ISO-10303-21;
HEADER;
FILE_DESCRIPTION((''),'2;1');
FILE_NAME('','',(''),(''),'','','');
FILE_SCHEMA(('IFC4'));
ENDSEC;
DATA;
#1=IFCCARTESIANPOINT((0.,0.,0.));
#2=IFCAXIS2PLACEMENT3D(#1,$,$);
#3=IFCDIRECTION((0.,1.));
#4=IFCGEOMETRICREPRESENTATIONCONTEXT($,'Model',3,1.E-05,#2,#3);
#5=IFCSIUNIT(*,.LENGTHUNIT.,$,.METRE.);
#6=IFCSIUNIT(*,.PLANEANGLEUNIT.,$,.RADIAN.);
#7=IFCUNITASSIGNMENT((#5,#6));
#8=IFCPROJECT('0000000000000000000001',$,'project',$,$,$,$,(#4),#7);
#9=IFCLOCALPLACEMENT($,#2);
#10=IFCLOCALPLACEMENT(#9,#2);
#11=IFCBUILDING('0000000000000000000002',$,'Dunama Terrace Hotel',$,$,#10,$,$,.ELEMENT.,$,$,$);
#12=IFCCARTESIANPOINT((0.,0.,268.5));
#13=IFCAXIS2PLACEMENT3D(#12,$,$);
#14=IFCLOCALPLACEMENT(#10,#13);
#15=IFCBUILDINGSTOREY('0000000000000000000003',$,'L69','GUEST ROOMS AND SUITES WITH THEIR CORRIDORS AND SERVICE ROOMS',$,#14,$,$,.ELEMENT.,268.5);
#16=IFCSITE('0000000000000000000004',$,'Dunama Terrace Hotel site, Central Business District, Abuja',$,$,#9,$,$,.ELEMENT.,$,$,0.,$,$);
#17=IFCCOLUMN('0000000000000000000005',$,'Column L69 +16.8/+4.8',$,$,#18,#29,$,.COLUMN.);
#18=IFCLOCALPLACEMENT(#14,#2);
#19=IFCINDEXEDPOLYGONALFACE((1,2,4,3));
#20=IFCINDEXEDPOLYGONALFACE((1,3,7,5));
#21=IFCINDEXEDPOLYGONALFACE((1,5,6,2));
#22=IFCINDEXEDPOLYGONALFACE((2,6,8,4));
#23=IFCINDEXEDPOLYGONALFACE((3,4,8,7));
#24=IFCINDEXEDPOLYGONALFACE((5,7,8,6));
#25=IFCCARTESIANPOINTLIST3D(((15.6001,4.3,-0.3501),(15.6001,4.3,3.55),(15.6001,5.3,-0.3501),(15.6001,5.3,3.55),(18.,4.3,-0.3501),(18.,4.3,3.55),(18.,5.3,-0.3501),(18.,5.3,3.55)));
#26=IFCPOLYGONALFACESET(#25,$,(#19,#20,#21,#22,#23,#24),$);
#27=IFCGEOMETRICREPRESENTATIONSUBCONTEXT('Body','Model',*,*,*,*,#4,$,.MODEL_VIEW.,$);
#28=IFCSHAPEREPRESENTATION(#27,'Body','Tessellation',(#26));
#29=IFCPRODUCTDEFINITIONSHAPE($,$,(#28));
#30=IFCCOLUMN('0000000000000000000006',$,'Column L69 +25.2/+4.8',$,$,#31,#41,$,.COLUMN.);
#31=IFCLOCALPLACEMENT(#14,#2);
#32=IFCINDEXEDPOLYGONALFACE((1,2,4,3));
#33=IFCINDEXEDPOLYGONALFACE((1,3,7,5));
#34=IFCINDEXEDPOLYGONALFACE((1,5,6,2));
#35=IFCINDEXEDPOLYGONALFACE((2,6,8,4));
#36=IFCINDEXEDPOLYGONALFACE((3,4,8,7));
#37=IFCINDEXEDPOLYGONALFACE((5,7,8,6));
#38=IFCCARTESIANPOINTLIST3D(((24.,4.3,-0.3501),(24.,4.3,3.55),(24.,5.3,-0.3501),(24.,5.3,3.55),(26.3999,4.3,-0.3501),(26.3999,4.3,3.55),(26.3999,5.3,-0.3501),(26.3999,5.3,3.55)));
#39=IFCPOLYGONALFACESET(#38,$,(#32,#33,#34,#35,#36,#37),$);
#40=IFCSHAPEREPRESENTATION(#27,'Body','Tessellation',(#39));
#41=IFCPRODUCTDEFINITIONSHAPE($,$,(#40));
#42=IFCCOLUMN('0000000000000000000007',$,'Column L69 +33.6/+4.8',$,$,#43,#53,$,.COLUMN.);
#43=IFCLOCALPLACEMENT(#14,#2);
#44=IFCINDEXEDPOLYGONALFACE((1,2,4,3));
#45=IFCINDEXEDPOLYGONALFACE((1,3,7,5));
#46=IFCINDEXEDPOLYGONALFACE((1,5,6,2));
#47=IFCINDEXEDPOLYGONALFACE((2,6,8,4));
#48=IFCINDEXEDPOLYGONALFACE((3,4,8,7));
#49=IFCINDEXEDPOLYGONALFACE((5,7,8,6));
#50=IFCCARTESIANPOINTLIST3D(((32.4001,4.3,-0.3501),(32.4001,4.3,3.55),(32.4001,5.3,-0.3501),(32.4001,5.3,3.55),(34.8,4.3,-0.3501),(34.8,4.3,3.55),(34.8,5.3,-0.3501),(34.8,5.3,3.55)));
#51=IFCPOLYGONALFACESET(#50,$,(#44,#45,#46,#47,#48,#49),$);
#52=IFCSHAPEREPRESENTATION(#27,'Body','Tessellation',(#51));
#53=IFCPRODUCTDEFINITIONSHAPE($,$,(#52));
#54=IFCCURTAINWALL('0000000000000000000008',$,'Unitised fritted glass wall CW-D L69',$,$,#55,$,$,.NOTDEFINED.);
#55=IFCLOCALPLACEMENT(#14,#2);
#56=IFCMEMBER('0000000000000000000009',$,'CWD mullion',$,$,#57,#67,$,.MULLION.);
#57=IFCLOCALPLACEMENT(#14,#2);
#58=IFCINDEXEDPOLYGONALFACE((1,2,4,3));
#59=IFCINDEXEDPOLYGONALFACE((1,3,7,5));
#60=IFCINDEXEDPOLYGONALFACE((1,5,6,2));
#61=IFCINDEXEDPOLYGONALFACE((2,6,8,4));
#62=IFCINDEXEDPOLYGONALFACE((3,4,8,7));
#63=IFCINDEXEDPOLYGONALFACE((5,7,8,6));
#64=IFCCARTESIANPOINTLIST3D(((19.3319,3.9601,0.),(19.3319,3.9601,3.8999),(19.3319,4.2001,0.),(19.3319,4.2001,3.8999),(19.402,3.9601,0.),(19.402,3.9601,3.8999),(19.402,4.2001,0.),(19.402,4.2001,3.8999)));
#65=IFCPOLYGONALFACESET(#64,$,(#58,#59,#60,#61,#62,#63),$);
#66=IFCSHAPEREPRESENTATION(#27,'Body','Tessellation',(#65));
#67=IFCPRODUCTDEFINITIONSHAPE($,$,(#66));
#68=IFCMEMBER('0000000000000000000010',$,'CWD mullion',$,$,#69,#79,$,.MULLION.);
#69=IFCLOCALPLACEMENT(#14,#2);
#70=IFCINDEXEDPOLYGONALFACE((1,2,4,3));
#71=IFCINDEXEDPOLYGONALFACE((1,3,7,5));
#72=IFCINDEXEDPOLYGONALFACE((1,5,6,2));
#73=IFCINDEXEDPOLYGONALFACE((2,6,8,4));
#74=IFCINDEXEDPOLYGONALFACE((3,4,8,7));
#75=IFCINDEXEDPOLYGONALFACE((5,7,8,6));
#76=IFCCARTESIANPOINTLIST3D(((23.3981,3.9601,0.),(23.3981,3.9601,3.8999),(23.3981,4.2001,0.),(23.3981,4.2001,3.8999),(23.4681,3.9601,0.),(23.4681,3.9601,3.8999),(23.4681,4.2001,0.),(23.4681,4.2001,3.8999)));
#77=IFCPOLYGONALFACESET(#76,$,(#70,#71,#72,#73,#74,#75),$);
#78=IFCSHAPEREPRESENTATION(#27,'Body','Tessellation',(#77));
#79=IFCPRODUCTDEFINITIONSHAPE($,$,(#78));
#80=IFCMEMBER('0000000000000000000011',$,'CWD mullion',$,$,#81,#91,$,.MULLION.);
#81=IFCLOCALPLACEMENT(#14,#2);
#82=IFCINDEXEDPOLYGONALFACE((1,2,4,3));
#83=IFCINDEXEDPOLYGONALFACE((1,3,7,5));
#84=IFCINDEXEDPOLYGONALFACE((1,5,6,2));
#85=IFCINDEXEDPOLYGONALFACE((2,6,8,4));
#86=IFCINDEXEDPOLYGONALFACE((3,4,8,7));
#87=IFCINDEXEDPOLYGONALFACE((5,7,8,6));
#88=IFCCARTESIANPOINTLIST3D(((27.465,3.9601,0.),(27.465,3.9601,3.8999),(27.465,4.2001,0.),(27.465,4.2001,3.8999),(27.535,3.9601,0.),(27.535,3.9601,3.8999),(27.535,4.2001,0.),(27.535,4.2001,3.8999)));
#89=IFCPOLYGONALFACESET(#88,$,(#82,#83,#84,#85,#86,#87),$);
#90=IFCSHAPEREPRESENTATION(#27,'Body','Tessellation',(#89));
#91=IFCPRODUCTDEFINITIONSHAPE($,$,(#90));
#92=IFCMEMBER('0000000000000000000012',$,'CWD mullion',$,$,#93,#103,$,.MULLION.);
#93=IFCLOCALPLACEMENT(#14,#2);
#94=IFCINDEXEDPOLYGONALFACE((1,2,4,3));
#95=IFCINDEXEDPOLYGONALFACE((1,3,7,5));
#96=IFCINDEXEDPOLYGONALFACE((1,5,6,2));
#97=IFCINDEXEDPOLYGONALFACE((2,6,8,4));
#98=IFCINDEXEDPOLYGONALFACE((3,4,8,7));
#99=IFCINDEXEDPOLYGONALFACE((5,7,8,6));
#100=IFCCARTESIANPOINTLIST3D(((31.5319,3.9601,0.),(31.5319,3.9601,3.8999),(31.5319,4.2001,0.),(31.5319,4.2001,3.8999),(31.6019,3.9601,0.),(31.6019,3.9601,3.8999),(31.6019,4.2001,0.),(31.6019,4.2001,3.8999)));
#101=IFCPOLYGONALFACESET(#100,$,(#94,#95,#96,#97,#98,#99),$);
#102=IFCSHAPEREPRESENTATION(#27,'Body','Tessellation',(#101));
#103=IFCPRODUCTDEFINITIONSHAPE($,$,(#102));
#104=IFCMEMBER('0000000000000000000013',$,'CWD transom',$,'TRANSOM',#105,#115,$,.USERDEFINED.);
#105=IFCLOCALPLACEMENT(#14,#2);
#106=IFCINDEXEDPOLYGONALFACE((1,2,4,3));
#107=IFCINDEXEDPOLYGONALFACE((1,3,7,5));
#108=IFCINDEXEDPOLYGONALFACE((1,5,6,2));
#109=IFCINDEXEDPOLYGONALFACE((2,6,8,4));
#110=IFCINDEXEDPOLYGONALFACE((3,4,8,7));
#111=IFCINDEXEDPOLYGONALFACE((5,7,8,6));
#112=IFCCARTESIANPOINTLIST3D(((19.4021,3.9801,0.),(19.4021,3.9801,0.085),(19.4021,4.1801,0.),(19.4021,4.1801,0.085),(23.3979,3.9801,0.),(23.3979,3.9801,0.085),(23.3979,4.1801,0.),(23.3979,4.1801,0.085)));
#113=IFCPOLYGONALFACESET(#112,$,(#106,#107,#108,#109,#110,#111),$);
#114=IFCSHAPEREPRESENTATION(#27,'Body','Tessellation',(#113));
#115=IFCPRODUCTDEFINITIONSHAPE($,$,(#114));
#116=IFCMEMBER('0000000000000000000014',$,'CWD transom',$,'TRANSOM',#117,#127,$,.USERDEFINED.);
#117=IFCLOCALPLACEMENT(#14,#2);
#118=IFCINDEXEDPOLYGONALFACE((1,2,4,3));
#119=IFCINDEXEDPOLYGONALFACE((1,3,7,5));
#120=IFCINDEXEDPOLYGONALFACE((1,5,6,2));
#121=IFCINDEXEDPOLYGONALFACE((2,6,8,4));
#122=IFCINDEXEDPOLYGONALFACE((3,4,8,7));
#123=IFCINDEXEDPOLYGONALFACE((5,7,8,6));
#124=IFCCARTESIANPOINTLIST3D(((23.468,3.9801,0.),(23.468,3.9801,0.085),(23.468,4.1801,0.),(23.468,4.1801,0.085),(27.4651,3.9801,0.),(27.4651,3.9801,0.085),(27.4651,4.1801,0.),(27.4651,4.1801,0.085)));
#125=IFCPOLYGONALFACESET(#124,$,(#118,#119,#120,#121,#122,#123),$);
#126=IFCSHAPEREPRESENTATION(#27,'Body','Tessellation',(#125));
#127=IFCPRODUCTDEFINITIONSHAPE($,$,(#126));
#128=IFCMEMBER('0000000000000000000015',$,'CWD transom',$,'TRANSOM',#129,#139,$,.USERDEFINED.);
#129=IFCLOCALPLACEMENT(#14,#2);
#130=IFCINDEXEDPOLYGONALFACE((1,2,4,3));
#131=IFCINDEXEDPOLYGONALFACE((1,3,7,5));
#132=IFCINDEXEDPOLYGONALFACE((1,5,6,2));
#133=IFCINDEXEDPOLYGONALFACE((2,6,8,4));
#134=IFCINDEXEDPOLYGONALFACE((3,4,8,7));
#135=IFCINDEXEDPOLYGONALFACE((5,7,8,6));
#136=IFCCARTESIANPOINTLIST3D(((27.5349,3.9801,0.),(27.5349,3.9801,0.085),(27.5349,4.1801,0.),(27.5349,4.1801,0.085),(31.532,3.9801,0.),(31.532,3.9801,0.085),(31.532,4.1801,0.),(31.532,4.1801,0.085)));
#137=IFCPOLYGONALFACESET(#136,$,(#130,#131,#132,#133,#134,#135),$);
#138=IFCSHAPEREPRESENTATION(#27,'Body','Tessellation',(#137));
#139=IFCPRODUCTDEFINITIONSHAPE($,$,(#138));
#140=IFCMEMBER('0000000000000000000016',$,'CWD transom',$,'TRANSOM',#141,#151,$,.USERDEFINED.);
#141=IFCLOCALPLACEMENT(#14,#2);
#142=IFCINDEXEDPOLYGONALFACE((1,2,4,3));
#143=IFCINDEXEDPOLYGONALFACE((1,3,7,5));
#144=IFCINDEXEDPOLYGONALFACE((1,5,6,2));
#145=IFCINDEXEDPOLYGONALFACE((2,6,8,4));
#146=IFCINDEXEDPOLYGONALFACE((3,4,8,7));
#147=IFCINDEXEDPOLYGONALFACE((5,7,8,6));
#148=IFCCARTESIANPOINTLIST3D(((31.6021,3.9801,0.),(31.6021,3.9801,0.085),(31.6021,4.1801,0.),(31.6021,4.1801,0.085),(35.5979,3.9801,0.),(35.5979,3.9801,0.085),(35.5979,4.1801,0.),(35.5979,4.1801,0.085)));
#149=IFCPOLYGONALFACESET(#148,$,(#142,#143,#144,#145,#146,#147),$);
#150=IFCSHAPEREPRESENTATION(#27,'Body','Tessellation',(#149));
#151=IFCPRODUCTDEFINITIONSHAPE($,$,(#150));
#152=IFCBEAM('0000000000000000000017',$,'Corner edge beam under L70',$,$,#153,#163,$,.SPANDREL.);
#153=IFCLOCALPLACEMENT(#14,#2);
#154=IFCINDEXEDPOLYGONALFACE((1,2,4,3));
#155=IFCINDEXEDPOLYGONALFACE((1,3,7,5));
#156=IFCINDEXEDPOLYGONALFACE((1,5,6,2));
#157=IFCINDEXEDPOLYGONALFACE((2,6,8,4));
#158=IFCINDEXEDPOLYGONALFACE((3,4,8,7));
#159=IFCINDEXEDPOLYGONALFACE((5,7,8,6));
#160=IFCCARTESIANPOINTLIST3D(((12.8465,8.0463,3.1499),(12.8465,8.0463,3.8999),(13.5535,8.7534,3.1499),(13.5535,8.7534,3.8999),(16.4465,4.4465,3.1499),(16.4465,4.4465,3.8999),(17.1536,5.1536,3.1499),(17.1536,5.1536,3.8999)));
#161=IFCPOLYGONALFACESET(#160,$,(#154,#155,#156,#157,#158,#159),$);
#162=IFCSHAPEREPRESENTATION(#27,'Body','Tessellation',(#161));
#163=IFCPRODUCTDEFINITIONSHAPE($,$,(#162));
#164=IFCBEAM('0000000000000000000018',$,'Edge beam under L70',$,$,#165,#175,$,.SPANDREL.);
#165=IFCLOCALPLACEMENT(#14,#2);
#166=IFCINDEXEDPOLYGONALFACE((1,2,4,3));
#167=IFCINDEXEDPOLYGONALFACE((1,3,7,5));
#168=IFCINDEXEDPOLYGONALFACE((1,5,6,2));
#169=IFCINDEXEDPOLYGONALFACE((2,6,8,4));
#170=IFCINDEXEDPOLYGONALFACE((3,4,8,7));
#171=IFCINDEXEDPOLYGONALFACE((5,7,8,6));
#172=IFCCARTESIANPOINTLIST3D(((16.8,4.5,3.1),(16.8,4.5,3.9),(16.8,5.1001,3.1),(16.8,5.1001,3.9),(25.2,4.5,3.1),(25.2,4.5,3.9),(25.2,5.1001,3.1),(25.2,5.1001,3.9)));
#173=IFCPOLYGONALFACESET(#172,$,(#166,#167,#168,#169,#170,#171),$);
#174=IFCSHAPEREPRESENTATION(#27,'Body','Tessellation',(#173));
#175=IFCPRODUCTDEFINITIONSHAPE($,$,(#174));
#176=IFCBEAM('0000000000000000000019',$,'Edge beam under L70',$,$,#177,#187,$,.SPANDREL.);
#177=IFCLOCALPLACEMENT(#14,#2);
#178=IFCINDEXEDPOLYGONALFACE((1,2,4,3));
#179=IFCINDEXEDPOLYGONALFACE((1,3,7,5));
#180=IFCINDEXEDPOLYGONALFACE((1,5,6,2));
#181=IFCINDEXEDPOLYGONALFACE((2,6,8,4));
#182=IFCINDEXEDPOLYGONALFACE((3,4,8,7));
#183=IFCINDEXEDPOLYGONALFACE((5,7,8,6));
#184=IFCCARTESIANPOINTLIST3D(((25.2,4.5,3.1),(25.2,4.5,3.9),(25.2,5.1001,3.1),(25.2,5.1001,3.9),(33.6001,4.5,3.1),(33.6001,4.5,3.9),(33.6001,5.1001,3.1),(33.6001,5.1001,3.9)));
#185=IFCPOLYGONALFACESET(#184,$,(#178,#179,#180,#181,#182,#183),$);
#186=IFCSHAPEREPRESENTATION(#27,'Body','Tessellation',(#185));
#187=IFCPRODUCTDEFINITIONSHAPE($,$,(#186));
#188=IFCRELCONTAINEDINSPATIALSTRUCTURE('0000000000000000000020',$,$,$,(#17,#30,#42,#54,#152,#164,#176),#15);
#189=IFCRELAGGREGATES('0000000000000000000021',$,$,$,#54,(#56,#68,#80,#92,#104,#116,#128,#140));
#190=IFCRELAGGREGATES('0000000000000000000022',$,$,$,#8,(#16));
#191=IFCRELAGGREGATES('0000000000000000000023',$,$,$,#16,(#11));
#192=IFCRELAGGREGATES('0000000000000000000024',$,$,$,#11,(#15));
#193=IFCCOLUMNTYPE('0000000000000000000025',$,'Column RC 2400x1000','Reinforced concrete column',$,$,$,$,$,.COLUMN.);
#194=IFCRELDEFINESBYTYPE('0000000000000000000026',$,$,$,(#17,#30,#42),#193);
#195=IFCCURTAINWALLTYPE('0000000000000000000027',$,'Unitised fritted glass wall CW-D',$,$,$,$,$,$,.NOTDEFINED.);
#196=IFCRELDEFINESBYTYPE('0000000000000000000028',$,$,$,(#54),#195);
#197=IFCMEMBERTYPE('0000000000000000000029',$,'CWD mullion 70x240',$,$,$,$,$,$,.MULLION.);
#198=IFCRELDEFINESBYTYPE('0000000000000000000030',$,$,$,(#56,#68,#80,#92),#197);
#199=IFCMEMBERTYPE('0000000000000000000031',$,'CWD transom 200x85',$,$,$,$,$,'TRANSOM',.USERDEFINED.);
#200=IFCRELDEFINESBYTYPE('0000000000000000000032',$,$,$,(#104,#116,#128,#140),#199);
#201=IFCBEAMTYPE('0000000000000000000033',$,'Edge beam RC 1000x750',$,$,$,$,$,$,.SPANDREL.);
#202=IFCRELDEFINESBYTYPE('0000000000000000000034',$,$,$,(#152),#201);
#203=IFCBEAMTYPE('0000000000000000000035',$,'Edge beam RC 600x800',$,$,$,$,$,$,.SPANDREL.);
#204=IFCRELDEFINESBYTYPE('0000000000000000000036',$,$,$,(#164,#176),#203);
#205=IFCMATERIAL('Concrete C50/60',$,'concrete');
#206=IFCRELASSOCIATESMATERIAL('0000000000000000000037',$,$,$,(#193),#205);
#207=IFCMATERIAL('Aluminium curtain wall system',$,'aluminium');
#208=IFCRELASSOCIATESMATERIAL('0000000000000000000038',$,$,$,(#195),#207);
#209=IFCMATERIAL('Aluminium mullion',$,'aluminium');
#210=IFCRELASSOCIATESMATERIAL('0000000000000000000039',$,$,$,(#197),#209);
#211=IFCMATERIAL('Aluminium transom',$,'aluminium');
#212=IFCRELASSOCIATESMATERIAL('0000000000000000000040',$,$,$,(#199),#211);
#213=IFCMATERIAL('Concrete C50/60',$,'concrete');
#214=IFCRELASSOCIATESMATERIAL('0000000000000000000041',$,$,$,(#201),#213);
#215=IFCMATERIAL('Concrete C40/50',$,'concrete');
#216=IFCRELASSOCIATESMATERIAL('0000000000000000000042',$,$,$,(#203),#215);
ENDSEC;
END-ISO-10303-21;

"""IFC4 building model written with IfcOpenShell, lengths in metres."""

from ifc_helpers import new_model, si_unit, direction, frame, origin, origin_2d, place, context, subcontext, project, spatial, rectangle, extrude, material, material_profile, profile_set, type_object, element, aggregate, save


model = new_model("IFC4")

# Units and contexts
model_context = context("Model", 3, precision=1e-05, world=origin(), true_north=direction((0.0, 1.0)))
body_context = subcontext(model_context, "Body", "Model", "MODEL_VIEW")
ifc_project = project(units=[si_unit("LENGTHUNIT", "METRE"), si_unit("PLANEANGLEUNIT", "RADIAN")], contexts=[model_context])

# Site, building, storey
site_placement = place(None, origin())
site = spatial("IfcSite", under=ifc_project, at=site_placement, Name="Dunama Terrace Hotel site, Central Business District, Abuja", CompositionType="ELEMENT", RefElevation=0.0)
building_placement = place(site_placement, origin())
building = spatial("IfcBuilding", under=site, at=building_placement, Name="Dunama Terrace Hotel", CompositionType="ELEMENT")
storey_placement = place(building_placement, frame((0.0, 0.0, 268.5)))
storey = spatial("IfcBuildingStorey", under=building, at=storey_placement, Name="L69", Description="GUEST ROOMS AND SUITES WITH THEIR CORRIDORS AND SERVICE ROOMS", CompositionType="ELEMENT", Elevation=268.5)

# Columns
ifc_material_1 = material(Name="Concrete C50/60", Category="concrete")
ifc_material_profile_1 = material_profile(ifc_material_1, rectangle(XDim=2.3999, YDim=1.0, at=origin_2d()), Name="RC 2400x1000")
ifc_profile_set_1 = profile_set([ifc_material_profile_1], Name="Concrete C50/60")
column_type = type_object("IfcColumnType", Name="Column RC 2400x1000", Description="Reinforced concrete column", PredefinedType="COLUMN", material=ifc_profile_set_1)
for number, where, z_axis, x_axis, name in (
    (1, (16.8, 4.8, -0.3501), (0.0, 0.0, 1.0), (1.0, 0.0, 0.0), "Column L69 +16.8/+4.8"),
    (2, (25.2, 4.8, -0.3501), (0.0, 0.0, 1.0), (1.0, 0.0, 0.0), "Column L69 +25.2/+4.8"),
    (3, (33.6001, 4.8, -0.3501), (0.0, 0.0, 1.0), (1.0, 0.0, 0.0), "Column L69 +33.6/+4.8"),
):
    element("IfcColumn", number, at=place(storey_placement, frame(where, z_axis=z_axis, x_axis=x_axis)), inside=storey, type_object=column_type, Name=name, PredefinedType="COLUMN", context=body_context, shape_type="SweptSolid", body=[
        extrude(rectangle(XDim=2.3999, YDim=1.0, at=origin_2d()), origin(), (0.0, 0.0, 1.0), 3.9001),
    ])

# Curtain wall, members
ifc_material_2 = material(Name="Aluminium curtain wall system", Category="aluminium")
curtain_wall_type = type_object("IfcCurtainWallType", Name="Unitised fritted glass wall CW-D", PredefinedType="NOTDEFINED", material=ifc_material_2)
curtain_wall_placement = place(storey_placement, origin())
curtain_wall = element("IfcCurtainWall", 4, at=curtain_wall_placement, inside=storey, type_object=curtain_wall_type, Name="Unitised fritted glass wall CW-D L69", PredefinedType="NOTDEFINED")
ifc_material_3 = material(Name="Aluminium mullion", Category="aluminium")
ifc_material_profile_2 = material_profile(ifc_material_3, rectangle(XDim=0.0701, YDim=0.24, at=origin_2d()), Name="CWD MULLION 70X240")
ifc_profile_set_2 = profile_set([ifc_material_profile_2], Name="Aluminium mullion")
member_type_1 = type_object("IfcMemberType", Name="CWD mullion 70x240", PredefinedType="MULLION", material=ifc_profile_set_2)
member_1_placement = place(storey_placement, frame((19.3669, 4.0801, 0.0), z_axis=(0.0, 0.0, 1.0), x_axis=(1.0, 0.0, 0.0)))
member_1 = element("IfcMember", 5, at=member_1_placement, type_object=member_type_1, Name="CWD mullion", PredefinedType="MULLION", context=body_context, shape_type="SweptSolid", body=[
    extrude(rectangle(XDim=0.0701, YDim=0.24, at=origin_2d()), origin(), (0.0, 0.0, 1.0), 3.8999),
])
member_2_placement = place(storey_placement, frame((23.4331, 4.0801, 0.0), z_axis=(0.0, 0.0, 1.0), x_axis=(1.0, 0.0, 0.0)))
member_2 = element("IfcMember", 6, at=member_2_placement, type_object=member_type_1, Name="CWD mullion", PredefinedType="MULLION", context=body_context, shape_type="SweptSolid", body=[
    extrude(rectangle(XDim=0.0701, YDim=0.24, at=origin_2d()), origin(), (0.0, 0.0, 1.0), 3.8999),
])
member_3_placement = place(storey_placement, frame((27.5, 4.0801, 0.0), z_axis=(0.0, 0.0, 1.0), x_axis=(1.0, 0.0, 0.0)))
member_3 = element("IfcMember", 7, at=member_3_placement, type_object=member_type_1, Name="CWD mullion", PredefinedType="MULLION", context=body_context, shape_type="SweptSolid", body=[
    extrude(rectangle(XDim=0.0701, YDim=0.24, at=origin_2d()), origin(), (0.0, 0.0, 1.0), 3.8999),
])
member_4_placement = place(storey_placement, frame((31.5669, 4.0801, 0.0), z_axis=(0.0, 0.0, 1.0), x_axis=(1.0, 0.0, 0.0)))
member_4 = element("IfcMember", 8, at=member_4_placement, type_object=member_type_1, Name="CWD mullion", PredefinedType="MULLION", context=body_context, shape_type="SweptSolid", body=[
    extrude(rectangle(XDim=0.0701, YDim=0.24, at=origin_2d()), origin(), (0.0, 0.0, 1.0), 3.8999),
])
ifc_material_4 = material(Name="Aluminium transom", Category="aluminium")
ifc_material_profile_3 = material_profile(ifc_material_4, rectangle(XDim=0.2, YDim=0.085, at=origin_2d()), Name="CWD TRANSOM 200X85")
ifc_profile_set_3 = profile_set([ifc_material_profile_3], Name="Aluminium transom")
member_type_2 = type_object("IfcMemberType", Name="CWD transom 200x85", ElementType="TRANSOM", PredefinedType="USERDEFINED", material=ifc_profile_set_3)
member_5_placement = place(storey_placement, frame((19.4021, 4.0801, 0.0425), z_axis=(1.0, 0.0, 0.0), x_axis=(0.0, 1.0, 0.0)))
member_5 = element("IfcMember", 9, at=member_5_placement, type_object=member_type_2, Name="CWD transom", ObjectType="TRANSOM", PredefinedType="USERDEFINED", context=body_context, shape_type="SweptSolid", body=[
    extrude(rectangle(XDim=0.2, YDim=0.085, at=origin_2d()), origin(), (0.0, 0.0, 1.0), 3.9958),
])
member_6_placement = place(storey_placement, frame((23.468, 4.0801, 0.0425), z_axis=(1.0, 0.0, 0.0), x_axis=(0.0, 1.0, 0.0)))
member_6 = element("IfcMember", 10, at=member_6_placement, type_object=member_type_2, Name="CWD transom", ObjectType="TRANSOM", PredefinedType="USERDEFINED", context=body_context, shape_type="SweptSolid", body=[
    extrude(rectangle(XDim=0.2, YDim=0.085, at=origin_2d()), origin(), (0.0, 0.0, 1.0), 3.9971),
])
member_7_placement = place(storey_placement, frame((27.5349, 4.0801, 0.0425), z_axis=(1.0, 0.0, 0.0), x_axis=(0.0, 1.0, 0.0)))
member_7 = element("IfcMember", 11, at=member_7_placement, type_object=member_type_2, Name="CWD transom", ObjectType="TRANSOM", PredefinedType="USERDEFINED", context=body_context, shape_type="SweptSolid", body=[
    extrude(rectangle(XDim=0.2, YDim=0.085, at=origin_2d()), origin(), (0.0, 0.0, 1.0), 3.9971),
])
member_8_placement = place(storey_placement, frame((31.6021, 4.0801, 0.0425), z_axis=(1.0, 0.0, 0.0), x_axis=(0.0, 1.0, 0.0)))
member_8 = element("IfcMember", 12, at=member_8_placement, type_object=member_type_2, Name="CWD transom", ObjectType="TRANSOM", PredefinedType="USERDEFINED", context=body_context, shape_type="SweptSolid", body=[
    extrude(rectangle(XDim=0.2, YDim=0.085, at=origin_2d()), origin(), (0.0, 0.0, 1.0), 3.9958),
])

# Beams
ifc_material_5 = material(Name="Concrete C50/60", Category="concrete")
ifc_material_profile_4 = material_profile(ifc_material_5, rectangle(XDim=1.0, YDim=0.75, at=origin_2d()), Name="RC 1000x750")
ifc_profile_set_4 = profile_set([ifc_material_profile_4], Name="Concrete C50/60")
beam_type_1 = type_object("IfcBeamType", Name="Edge beam RC 1000x750", PredefinedType="SPANDREL", material=ifc_profile_set_4)
beam_1_placement = place(storey_placement, frame((16.8, 4.8, 3.5249), z_axis=(-0.707131, 0.707083, 0.0), x_axis=(-0.707083, -0.707131, 0.0)))
element("IfcBeam", 13, at=beam_1_placement, inside=storey, type_object=beam_type_1, Name="Corner edge beam under L70", PredefinedType="SPANDREL", context=body_context, shape_type="SweptSolid", body=[
    extrude(rectangle(XDim=1.0, YDim=0.75, at=origin_2d()), origin(), (0.0, 0.0, 1.0), 5.0911),
])
ifc_material_6 = material(Name="Concrete C40/50", Category="concrete")
ifc_material_profile_5 = material_profile(ifc_material_6, rectangle(XDim=0.6001, YDim=0.8, at=origin_2d()), Name="RC 600x800")
ifc_profile_set_5 = profile_set([ifc_material_profile_5], Name="Concrete C40/50")
beam_type_2 = type_object("IfcBeamType", Name="Edge beam RC 600x800", PredefinedType="SPANDREL", material=ifc_profile_set_5)
beam_2_placement = place(storey_placement, frame((16.8, 4.8, 3.5), z_axis=(1.0, 0.0, 0.0), x_axis=(0.0, 1.0, 0.0)))
element("IfcBeam", 14, at=beam_2_placement, inside=storey, type_object=beam_type_2, Name="Edge beam under L70", PredefinedType="SPANDREL", context=body_context, shape_type="SweptSolid", body=[
    extrude(rectangle(XDim=0.6001, YDim=0.8, at=origin_2d()), origin(), (0.0, 0.0, 1.0), 8.3999),
])
beam_3_placement = place(storey_placement, frame((25.2, 4.8, 3.5), z_axis=(1.0, 0.0, 0.0), x_axis=(0.0, 1.0, 0.0)))
element("IfcBeam", 15, at=beam_3_placement, inside=storey, type_object=beam_type_2, Name="Edge beam under L70", PredefinedType="SPANDREL", context=body_context, shape_type="SweptSolid", body=[
    extrude(rectangle(XDim=0.6001, YDim=0.8, at=origin_2d()), origin(), (0.0, 0.0, 1.0), 8.4001),
])

aggregate(curtain_wall, [member_1, member_2, member_3, member_4, member_5, member_6, member_7, member_8])

save(model, "model.ifc")
